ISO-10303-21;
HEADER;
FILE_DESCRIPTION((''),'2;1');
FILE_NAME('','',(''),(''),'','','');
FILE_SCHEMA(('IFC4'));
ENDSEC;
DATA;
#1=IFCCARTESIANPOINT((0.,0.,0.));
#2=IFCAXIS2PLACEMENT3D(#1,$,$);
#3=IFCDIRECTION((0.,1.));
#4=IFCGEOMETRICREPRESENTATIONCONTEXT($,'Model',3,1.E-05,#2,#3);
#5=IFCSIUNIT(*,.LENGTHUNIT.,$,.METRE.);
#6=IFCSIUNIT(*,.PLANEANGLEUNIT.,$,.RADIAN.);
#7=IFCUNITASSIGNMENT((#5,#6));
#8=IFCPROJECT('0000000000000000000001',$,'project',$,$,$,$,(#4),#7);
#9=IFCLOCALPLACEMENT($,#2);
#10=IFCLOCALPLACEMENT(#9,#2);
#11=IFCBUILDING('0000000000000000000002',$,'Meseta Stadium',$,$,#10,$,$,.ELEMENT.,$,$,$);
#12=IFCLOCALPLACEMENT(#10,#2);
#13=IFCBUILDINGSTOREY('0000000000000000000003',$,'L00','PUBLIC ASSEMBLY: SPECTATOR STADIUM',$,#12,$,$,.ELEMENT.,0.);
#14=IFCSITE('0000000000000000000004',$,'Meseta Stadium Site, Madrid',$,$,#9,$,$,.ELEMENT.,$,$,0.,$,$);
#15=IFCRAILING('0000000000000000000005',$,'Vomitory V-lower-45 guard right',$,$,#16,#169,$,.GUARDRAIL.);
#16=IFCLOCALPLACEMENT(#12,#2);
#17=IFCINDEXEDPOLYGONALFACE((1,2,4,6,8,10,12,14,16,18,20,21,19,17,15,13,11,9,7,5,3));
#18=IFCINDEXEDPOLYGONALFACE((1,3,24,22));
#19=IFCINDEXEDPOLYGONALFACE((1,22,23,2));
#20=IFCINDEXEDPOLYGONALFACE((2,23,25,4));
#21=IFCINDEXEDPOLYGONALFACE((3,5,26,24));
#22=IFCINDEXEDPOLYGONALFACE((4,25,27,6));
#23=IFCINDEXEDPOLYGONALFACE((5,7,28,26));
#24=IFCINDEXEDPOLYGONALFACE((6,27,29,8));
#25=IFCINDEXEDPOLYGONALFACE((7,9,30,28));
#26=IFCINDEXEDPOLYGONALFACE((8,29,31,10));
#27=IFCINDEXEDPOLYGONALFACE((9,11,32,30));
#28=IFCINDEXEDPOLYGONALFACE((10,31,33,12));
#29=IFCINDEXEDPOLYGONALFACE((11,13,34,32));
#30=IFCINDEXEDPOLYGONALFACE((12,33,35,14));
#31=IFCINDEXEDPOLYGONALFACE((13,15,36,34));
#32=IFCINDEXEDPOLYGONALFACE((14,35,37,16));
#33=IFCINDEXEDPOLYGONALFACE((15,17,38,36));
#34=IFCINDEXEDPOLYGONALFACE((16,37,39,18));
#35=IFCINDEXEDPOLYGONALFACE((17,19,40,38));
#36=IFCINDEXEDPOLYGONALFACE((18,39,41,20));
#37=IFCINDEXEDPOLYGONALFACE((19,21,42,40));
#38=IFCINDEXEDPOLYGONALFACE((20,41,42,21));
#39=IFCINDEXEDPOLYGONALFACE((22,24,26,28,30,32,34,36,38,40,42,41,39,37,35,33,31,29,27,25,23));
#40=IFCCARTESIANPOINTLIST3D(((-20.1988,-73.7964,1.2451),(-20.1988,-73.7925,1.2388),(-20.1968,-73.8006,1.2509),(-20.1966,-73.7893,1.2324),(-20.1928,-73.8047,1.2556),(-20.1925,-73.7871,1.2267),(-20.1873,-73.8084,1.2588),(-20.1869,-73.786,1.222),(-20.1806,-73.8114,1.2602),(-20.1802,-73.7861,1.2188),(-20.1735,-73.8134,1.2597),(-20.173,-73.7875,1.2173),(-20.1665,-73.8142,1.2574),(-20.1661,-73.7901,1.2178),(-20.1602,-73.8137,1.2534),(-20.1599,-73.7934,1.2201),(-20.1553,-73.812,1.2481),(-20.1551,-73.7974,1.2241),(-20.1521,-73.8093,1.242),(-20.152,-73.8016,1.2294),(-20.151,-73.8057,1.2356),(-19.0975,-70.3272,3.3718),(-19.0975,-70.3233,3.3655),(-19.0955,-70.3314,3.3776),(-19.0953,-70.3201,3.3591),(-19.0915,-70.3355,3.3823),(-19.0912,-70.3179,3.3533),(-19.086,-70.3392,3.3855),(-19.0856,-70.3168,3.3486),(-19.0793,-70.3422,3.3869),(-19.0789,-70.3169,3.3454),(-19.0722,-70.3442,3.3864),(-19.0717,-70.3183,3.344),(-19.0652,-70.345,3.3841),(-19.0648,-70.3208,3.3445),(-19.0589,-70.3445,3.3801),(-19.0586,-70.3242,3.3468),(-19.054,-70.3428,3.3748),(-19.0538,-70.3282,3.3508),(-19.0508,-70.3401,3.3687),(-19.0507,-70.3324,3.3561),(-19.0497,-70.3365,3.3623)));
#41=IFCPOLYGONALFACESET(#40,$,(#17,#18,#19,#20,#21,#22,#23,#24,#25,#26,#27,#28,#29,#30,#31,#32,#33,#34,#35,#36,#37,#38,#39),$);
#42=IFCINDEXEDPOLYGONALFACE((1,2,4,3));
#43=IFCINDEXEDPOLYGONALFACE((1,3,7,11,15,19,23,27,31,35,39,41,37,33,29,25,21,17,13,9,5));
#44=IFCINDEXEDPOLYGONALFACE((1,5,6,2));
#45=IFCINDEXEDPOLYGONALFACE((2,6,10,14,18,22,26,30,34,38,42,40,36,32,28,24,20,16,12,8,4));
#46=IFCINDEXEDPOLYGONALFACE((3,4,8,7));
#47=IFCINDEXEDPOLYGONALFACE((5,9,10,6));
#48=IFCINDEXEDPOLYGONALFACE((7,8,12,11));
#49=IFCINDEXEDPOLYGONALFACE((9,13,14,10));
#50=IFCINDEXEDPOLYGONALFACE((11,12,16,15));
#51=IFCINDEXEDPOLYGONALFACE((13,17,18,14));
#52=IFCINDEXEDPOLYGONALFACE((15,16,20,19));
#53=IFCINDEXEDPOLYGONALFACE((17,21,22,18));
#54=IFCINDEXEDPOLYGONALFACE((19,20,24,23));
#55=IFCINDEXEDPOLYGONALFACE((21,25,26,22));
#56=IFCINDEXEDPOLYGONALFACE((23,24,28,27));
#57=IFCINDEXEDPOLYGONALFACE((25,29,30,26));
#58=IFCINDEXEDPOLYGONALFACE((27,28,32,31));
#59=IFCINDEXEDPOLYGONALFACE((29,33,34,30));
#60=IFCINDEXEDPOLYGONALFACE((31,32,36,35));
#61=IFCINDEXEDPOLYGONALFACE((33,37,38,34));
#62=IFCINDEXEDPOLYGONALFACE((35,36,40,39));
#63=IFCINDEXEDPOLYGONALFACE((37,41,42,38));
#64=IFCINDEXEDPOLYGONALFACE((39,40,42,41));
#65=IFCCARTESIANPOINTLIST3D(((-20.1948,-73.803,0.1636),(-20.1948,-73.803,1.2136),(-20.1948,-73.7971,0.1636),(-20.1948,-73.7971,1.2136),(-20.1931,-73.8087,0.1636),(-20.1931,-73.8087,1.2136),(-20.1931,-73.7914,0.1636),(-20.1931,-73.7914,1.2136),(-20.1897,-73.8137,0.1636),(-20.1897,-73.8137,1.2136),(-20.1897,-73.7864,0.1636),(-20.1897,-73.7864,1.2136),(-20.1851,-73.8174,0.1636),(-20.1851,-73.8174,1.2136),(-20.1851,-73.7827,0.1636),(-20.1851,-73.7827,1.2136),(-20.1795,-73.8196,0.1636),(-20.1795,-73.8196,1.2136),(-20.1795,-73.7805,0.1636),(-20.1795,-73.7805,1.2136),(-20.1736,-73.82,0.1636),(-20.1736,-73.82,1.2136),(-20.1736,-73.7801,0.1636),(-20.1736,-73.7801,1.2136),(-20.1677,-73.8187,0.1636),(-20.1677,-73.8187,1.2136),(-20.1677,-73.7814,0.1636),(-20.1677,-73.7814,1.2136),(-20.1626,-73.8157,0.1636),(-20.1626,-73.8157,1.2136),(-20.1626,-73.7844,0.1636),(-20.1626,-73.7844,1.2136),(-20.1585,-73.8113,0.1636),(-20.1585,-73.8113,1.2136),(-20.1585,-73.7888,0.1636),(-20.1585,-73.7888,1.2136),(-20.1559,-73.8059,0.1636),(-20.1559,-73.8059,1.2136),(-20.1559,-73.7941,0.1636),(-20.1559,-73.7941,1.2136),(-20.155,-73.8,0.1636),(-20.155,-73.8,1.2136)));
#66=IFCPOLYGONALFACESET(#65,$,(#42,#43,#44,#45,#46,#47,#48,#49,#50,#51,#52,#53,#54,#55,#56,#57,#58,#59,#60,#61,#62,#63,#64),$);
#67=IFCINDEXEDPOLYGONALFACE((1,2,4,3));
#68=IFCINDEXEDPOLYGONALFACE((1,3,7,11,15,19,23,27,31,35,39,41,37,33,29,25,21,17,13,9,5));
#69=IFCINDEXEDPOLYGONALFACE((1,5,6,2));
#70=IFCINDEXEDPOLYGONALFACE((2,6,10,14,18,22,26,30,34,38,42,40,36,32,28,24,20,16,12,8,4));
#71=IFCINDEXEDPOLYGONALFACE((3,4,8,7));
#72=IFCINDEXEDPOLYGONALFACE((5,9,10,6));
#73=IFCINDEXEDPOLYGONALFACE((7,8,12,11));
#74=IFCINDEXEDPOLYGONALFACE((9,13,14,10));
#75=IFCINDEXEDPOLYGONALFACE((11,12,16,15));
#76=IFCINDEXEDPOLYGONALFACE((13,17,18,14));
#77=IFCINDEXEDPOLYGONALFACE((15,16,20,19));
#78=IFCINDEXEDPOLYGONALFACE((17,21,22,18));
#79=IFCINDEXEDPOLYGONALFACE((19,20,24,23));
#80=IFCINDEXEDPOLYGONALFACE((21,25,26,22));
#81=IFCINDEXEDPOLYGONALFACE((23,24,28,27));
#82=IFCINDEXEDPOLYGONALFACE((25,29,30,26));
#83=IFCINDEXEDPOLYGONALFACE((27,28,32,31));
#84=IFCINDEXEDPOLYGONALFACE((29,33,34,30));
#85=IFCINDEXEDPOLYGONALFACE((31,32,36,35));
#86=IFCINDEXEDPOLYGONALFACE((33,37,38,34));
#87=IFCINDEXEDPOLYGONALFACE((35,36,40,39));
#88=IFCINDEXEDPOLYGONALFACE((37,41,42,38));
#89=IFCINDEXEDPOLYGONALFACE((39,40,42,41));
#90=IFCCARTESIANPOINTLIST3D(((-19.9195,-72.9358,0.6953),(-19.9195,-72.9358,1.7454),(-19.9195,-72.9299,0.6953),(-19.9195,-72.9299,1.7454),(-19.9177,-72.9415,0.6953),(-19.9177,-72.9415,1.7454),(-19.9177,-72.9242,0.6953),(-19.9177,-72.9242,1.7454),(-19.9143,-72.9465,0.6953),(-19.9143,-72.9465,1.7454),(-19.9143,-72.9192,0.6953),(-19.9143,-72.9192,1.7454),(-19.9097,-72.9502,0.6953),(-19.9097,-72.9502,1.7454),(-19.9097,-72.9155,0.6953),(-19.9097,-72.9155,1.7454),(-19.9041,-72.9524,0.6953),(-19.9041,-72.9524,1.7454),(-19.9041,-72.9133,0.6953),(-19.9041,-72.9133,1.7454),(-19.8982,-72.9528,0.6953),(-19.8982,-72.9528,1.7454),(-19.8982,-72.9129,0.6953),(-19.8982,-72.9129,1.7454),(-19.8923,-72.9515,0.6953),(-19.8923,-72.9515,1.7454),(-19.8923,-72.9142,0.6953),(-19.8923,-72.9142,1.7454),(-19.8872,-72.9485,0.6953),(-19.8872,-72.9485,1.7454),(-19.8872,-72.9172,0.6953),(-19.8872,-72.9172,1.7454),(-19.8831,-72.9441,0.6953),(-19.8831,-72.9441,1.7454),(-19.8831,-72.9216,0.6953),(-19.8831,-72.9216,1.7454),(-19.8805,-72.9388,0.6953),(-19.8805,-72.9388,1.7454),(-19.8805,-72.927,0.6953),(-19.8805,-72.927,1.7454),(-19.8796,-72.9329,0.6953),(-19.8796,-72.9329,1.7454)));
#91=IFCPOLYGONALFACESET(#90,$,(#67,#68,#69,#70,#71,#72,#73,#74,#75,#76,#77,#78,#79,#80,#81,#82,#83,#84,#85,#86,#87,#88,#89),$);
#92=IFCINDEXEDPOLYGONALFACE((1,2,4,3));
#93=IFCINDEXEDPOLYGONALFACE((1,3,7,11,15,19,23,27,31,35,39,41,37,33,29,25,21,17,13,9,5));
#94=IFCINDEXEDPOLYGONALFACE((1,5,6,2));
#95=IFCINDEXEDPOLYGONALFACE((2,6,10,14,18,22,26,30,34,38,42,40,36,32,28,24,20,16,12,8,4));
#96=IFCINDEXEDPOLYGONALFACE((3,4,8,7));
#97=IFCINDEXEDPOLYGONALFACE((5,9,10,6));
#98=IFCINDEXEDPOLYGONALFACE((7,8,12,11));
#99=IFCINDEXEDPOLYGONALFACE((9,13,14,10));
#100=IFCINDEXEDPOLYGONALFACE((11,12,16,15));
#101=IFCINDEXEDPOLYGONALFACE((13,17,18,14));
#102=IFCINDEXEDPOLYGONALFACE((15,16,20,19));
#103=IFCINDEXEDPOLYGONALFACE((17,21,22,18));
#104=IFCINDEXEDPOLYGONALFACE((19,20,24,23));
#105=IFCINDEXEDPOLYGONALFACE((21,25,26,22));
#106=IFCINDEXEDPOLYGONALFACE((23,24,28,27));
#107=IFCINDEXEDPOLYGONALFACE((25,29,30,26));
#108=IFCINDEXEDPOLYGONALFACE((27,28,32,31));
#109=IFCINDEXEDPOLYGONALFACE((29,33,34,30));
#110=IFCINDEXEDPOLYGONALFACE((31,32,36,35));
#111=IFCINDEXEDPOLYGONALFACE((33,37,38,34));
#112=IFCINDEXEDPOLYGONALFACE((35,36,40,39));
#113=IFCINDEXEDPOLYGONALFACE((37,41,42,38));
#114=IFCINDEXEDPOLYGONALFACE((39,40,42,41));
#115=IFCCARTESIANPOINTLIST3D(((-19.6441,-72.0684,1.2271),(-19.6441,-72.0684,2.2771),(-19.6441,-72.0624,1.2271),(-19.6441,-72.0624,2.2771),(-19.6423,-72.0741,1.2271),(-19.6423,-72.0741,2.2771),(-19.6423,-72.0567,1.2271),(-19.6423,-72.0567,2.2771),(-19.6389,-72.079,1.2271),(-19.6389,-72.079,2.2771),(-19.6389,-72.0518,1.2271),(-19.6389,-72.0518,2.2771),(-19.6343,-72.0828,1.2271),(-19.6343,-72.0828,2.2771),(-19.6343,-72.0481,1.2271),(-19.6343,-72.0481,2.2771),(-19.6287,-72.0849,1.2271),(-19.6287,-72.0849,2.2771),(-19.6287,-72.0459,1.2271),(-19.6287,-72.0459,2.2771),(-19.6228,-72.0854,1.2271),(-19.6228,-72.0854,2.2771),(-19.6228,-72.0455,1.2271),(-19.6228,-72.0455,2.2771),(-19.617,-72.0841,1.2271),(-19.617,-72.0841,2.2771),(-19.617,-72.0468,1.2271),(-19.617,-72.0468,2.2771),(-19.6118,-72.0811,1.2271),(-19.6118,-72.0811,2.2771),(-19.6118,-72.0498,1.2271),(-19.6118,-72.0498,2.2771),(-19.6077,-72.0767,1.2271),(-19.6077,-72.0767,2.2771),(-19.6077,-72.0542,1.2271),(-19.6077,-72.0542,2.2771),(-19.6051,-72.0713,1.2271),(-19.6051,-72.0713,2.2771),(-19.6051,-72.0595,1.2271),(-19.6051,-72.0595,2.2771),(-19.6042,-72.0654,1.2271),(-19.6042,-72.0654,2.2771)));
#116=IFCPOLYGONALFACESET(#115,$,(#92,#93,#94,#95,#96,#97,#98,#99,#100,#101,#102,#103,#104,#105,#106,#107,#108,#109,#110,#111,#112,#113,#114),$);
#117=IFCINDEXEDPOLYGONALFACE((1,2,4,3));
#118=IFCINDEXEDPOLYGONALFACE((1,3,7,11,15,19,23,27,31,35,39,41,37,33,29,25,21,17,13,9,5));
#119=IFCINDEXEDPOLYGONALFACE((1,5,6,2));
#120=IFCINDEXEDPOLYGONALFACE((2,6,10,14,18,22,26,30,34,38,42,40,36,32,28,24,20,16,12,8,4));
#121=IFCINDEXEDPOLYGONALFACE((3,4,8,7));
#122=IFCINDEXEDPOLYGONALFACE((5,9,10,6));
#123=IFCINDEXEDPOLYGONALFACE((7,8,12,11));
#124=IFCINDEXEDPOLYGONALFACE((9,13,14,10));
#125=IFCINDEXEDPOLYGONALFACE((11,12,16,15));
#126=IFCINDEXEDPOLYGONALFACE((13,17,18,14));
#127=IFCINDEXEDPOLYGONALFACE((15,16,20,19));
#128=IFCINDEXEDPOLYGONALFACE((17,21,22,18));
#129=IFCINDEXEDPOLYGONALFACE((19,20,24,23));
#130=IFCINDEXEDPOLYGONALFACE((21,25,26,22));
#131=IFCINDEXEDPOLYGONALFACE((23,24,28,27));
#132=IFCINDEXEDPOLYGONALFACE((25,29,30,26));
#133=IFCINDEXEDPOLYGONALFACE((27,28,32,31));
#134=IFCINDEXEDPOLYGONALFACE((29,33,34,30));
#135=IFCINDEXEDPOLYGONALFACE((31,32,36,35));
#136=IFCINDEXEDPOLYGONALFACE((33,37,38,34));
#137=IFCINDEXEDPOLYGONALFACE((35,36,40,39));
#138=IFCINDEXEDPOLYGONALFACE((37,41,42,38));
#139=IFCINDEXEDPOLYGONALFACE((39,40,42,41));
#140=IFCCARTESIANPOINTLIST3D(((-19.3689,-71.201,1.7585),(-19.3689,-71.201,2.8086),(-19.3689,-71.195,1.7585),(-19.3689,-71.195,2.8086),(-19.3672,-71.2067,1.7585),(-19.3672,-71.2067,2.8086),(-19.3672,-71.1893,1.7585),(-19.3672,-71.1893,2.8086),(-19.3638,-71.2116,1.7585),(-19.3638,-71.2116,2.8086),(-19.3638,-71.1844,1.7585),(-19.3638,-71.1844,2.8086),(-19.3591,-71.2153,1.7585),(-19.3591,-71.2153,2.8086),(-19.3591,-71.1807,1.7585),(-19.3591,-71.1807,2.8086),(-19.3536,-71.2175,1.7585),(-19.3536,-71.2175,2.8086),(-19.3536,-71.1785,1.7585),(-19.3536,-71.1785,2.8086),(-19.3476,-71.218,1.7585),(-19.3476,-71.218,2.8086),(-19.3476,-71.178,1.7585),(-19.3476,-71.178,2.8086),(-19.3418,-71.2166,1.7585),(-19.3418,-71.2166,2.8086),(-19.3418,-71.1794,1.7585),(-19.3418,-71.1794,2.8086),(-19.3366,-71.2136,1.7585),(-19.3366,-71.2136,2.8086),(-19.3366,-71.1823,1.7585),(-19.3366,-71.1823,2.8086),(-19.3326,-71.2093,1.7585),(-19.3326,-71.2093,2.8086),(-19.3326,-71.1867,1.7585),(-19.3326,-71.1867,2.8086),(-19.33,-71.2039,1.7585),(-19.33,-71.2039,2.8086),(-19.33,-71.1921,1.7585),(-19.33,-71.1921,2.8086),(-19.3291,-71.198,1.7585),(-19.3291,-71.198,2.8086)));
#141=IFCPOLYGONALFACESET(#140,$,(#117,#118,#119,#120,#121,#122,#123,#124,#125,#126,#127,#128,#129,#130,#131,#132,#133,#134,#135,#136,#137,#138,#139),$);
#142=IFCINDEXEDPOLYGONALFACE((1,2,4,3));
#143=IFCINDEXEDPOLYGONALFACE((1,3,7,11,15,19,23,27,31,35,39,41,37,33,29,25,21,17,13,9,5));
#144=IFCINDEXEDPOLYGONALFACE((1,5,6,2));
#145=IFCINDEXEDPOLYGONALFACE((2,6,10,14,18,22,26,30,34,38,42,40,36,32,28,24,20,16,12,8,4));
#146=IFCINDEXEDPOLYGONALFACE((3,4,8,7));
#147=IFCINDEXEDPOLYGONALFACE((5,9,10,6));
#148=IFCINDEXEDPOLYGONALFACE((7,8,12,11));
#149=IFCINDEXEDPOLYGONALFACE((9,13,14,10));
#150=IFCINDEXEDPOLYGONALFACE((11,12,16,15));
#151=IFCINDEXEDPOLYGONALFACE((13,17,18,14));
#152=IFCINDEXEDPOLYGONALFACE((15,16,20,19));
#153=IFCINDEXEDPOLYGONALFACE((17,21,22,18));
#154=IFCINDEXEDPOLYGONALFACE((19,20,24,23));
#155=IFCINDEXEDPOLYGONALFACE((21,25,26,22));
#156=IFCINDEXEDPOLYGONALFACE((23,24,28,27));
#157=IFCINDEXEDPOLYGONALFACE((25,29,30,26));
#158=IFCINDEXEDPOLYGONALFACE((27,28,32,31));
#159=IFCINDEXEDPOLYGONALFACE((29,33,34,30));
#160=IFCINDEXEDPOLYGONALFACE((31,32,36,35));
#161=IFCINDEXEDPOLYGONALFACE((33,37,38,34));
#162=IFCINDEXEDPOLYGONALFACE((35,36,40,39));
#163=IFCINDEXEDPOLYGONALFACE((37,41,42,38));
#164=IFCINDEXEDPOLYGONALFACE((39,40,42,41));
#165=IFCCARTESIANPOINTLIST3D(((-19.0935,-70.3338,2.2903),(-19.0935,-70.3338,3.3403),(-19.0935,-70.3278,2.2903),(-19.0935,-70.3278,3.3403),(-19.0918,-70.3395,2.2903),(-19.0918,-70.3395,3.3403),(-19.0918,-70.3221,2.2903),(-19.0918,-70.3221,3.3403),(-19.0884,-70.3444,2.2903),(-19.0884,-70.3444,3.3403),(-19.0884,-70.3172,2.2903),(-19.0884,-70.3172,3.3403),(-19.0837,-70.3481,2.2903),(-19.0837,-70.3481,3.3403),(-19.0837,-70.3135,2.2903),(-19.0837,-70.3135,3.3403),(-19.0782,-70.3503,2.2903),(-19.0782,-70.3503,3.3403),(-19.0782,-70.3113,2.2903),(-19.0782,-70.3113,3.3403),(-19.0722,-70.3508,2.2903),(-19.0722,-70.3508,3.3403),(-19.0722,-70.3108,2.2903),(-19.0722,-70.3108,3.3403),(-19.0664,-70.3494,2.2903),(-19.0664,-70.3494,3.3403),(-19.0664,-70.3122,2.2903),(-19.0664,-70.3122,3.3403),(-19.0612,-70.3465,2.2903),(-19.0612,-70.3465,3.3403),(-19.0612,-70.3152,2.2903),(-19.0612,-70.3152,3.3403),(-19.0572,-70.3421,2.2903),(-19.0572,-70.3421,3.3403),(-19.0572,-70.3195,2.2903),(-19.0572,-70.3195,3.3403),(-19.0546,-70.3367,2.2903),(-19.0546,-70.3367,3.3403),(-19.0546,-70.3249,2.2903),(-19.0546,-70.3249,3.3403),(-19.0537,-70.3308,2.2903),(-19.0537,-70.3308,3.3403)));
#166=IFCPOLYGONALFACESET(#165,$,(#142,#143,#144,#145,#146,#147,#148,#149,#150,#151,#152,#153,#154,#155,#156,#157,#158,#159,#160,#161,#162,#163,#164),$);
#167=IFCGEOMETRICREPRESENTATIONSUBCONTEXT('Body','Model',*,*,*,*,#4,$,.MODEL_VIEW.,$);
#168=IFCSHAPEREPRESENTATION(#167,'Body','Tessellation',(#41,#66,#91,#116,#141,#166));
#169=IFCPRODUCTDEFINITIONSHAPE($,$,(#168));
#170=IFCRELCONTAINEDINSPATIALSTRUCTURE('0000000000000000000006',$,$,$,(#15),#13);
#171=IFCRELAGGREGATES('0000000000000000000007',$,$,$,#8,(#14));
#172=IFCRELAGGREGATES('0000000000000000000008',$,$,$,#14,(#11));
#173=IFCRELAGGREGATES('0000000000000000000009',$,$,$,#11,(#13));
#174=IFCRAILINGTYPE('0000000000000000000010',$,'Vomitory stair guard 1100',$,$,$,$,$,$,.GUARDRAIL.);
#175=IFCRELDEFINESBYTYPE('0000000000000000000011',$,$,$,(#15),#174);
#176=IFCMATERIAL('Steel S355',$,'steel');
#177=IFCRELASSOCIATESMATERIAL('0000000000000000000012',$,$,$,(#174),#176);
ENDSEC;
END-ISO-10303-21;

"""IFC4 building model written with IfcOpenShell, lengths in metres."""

from ifc_helpers import new_model, si_unit, direction, frame, origin, origin_2d, place, context, subcontext, project, spatial, circle, extrude, material, type_object, element, save


model = new_model("IFC4")

# Units and contexts
model_context = context("Model", 3, precision=1e-05, world=origin(), true_north=direction((0.0, 1.0)))
body_context = subcontext(model_context, "Body", "Model", "MODEL_VIEW")
ifc_project = project(units=[si_unit("LENGTHUNIT", "METRE"), si_unit("PLANEANGLEUNIT", "RADIAN")], contexts=[model_context])

# Site, building, storey
site_placement = place(None, origin())
site = spatial("IfcSite", under=ifc_project, at=site_placement, Name="Meseta Stadium Site, Madrid", CompositionType="ELEMENT", RefElevation=0.0)
building_placement = place(site_placement, origin())
building = spatial("IfcBuilding", under=site, at=building_placement, Name="Meseta Stadium", CompositionType="ELEMENT")
storey_placement = place(building_placement, origin())
storey = spatial("IfcBuildingStorey", under=building, at=storey_placement, Name="L00", Description="PUBLIC ASSEMBLY: SPECTATOR STADIUM", CompositionType="ELEMENT", Elevation=0.0)

# Railing
ifc_material_1 = material(Name="Steel S355", Category="steel")
railing_type_1 = type_object("IfcRailingType", Name="Vomitory stair guard 1100", PredefinedType="GUARDRAIL", material=ifc_material_1)
railing_1_placement = place(storey_placement, frame((-20.175, -73.8, 0.1636)))
element("IfcRailing", 1, at=railing_1_placement, inside=storey, type_object=railing_type_1, Name="Vomitory V-lower-45 guard right", PredefinedType="GUARDRAIL", context=body_context, shape_type="SweptSolid", body=[
    extrude(circle(Radius=0.0249, at=origin_2d()), frame((0.0, 0.0, 1.0752), z_axis=(0.261247, 0.82295, 0.504484), x_axis=(-0.953126, 0.302572, 0.0)), (0.0, 0.0, 1.0), 4.2156),
    extrude(circle(Radius=0.02, at=origin_2d()), origin(), (0.0, 0.0, 1.0), 1.05),
    extrude(circle(Radius=0.02, at=origin_2d()), frame((0.2754, 0.8672, 0.5317)), (0.0, 0.0, 1.0), 1.05),
    extrude(circle(Radius=0.02, at=origin_2d()), frame((0.5508, 1.7346, 1.0635)), (0.0, 0.0, 1.0), 1.05),
    extrude(circle(Radius=0.02, at=origin_2d()), frame((0.8259, 2.6021, 1.595)), (0.0, 0.0, 1.0), 1.05),
    extrude(circle(Radius=0.02, at=origin_2d()), frame((1.1013, 3.4692, 2.1267)), (0.0, 0.0, 1.0), 1.05),
])

save(model, "model.ifc")
